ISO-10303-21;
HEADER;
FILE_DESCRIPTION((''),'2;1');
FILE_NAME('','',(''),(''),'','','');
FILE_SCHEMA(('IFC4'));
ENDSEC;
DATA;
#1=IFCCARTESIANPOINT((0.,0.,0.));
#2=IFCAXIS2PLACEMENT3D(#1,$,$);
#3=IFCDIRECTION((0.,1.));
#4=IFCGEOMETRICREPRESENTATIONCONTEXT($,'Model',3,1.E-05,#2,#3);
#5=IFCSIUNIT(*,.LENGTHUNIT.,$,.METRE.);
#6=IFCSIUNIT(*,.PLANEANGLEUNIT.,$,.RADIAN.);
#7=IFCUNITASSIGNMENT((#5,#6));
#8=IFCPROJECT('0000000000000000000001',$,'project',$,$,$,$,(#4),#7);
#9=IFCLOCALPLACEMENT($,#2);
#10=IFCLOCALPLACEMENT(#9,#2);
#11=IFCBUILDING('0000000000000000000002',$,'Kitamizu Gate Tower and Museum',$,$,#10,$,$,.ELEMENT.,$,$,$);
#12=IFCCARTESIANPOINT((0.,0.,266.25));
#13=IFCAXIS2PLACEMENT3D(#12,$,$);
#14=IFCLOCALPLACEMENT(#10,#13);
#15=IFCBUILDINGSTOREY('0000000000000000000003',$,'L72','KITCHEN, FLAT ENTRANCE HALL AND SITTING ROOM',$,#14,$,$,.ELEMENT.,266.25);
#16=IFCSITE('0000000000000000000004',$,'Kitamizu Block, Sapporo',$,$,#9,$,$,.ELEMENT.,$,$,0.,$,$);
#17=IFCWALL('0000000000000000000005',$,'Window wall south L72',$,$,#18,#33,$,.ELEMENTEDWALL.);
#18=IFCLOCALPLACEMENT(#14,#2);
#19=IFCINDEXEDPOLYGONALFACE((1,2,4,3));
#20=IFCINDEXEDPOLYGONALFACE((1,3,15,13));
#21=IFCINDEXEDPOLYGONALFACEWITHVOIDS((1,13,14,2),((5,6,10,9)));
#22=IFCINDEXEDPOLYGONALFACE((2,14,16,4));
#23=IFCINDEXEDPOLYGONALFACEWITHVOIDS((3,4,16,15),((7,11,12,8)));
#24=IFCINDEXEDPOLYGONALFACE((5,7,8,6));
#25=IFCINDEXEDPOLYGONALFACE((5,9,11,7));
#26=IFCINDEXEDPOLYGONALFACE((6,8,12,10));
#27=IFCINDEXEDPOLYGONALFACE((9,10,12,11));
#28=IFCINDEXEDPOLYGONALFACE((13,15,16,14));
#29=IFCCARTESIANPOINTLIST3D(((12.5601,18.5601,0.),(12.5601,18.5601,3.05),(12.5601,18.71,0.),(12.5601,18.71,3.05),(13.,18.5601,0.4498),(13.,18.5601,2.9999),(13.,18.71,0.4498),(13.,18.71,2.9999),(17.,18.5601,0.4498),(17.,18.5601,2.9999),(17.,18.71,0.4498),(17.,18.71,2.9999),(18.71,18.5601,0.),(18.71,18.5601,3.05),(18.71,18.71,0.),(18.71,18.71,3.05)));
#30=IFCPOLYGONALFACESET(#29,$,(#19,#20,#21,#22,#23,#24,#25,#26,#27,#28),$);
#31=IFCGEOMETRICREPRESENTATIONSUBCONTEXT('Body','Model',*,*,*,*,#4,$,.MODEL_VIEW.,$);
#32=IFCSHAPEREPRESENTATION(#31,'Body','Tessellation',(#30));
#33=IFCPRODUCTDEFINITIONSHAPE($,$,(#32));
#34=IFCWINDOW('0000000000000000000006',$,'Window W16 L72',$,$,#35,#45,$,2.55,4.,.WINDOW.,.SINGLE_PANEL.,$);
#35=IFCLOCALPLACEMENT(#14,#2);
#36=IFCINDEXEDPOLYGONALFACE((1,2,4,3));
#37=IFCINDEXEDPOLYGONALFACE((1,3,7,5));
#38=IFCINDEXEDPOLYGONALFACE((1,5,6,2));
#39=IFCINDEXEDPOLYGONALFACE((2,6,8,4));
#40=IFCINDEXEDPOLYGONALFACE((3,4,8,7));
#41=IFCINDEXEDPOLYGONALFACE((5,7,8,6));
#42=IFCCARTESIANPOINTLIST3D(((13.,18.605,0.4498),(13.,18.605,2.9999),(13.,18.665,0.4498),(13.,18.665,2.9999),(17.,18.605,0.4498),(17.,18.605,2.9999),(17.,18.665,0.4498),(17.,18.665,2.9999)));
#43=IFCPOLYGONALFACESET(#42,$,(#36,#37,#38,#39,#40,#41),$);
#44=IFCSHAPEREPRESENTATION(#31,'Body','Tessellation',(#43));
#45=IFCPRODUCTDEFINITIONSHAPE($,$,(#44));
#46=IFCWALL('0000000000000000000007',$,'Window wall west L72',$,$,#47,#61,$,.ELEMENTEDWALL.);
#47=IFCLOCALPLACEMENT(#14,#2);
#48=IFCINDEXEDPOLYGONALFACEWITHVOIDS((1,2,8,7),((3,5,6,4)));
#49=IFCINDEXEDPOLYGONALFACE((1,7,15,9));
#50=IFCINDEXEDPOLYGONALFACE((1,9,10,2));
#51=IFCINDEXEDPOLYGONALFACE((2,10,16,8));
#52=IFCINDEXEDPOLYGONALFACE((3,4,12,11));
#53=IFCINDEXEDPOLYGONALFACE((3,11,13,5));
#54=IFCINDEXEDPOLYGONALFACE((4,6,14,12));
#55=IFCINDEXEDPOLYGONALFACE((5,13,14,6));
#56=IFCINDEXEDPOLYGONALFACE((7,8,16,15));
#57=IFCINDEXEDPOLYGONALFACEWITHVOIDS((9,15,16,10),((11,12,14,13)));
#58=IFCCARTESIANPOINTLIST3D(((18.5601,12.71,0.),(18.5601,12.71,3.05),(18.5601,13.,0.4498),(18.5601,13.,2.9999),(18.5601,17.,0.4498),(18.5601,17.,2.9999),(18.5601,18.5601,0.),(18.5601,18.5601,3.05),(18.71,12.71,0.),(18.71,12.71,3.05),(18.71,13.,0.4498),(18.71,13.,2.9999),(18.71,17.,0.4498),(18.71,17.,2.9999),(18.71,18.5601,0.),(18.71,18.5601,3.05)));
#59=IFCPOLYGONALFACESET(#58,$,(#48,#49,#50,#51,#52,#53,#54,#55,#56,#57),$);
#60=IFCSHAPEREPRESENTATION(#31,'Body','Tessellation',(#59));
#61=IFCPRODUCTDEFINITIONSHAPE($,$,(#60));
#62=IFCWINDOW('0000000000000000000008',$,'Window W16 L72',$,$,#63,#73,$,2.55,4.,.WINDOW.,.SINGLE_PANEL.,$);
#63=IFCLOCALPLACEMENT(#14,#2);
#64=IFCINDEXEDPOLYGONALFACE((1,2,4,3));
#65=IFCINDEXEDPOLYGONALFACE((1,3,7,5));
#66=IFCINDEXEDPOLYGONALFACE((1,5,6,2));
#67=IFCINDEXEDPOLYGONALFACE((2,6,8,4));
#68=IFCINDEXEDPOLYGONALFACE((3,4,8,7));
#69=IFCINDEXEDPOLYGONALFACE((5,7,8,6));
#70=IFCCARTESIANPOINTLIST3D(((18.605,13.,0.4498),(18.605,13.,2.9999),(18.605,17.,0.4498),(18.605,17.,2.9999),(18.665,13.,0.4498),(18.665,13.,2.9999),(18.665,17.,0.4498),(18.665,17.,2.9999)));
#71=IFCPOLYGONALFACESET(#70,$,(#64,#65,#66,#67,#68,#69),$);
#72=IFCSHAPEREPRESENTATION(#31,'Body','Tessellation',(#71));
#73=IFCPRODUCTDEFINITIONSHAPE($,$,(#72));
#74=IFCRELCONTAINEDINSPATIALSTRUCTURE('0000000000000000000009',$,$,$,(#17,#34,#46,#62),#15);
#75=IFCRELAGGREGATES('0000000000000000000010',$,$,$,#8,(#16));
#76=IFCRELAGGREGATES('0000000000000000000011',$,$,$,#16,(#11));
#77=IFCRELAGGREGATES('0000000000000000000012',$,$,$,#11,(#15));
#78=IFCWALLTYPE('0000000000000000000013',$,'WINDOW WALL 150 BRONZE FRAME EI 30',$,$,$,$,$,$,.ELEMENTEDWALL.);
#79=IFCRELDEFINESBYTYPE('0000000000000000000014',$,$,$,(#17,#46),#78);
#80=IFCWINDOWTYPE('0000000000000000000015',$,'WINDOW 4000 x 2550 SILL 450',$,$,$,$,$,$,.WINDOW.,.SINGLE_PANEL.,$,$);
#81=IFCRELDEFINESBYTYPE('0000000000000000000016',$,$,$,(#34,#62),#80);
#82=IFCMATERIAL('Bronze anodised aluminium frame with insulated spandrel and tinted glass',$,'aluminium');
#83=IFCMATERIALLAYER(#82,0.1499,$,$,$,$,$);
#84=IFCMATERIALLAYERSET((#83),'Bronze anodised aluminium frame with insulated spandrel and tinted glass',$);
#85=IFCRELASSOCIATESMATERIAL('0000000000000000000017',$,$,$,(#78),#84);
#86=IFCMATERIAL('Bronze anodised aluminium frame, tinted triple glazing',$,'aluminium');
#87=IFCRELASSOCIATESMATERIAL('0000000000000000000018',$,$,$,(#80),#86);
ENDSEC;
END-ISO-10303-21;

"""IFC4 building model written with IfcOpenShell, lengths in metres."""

from ifc_helpers import new_model, si_unit, direction, frame, frame_2d, origin, place, context, subcontext, project, spatial, rectangle, extrude, material, layer, layer_set, type_object, element, fill, save


model = new_model("IFC4")

# Units and contexts
model_context = context("Model", 3, precision=1e-05, world=origin(), true_north=direction((0.0, 1.0)))
body_context = subcontext(model_context, "Body", "Model", "MODEL_VIEW")
ifc_project = project(units=[si_unit("LENGTHUNIT", "METRE"), si_unit("PLANEANGLEUNIT", "RADIAN")], contexts=[model_context])

# Site, building, storey
site_placement = place(None, origin())
site = spatial("IfcSite", under=ifc_project, at=site_placement, Name="Kitamizu Block, Sapporo", CompositionType="ELEMENT", RefElevation=0.0)
building_placement = place(site_placement, origin())
building = spatial("IfcBuilding", under=site, at=building_placement, Name="Kitamizu Gate Tower and Museum", CompositionType="ELEMENT")
storey_placement = place(building_placement, frame((0.0, 0.0, 266.25)))
storey = spatial("IfcBuildingStorey", under=building, at=storey_placement, Name="L72", Description="KITCHEN, FLAT ENTRANCE HALL AND SITTING ROOM", CompositionType="ELEMENT", Elevation=266.25)

# Shared definitions
ifc_material_1 = material(Name="Bronze anodised aluminium frame with insulated spandrel and tinted glass", Category="aluminium")
ifc_layer_1 = layer(ifc_material_1, 0.1499)
ifc_layer_set_1 = layer_set([ifc_layer_1], Name="Bronze anodised aluminium frame with insulated spandrel and tinted glass")
wall_type = type_object("IfcWallType", Name="WINDOW WALL 150 BRONZE FRAME EI 30", PredefinedType="ELEMENTEDWALL", material=ifc_layer_set_1)

# Walls, openings, windows
wall_1_placement = place(storey_placement, frame((12.5601, 18.635, 0.0), z_axis=(0.0, 0.0, 1.0), x_axis=(1.0, 0.0, 0.0)))
wall_1 = element("IfcWall", 1, at=wall_1_placement, inside=storey, type_object=wall_type, Name="Window wall south L72", PredefinedType="ELEMENTEDWALL", context=body_context, shape_type="SweptSolid", body=[
    extrude(rectangle(XDim=6.1499, YDim=0.1499, at=frame_2d((3.075, 0.0))), origin(), (0.0, 0.0, 1.0), 3.05),
])
opening_1_placement = place(wall_1_placement, frame((0.4399, 0.0, 0.45)))
opening_1 = element("IfcOpeningElement", 2, at=opening_1_placement, cuts=wall_1, PredefinedType="OPENING", context=body_context, shape_type="SweptSolid", body=[
    extrude(rectangle(XDim=4.0, YDim=2.55, at=frame_2d((2.0, 1.2749))), frame((0.0, 0.085, 0.0), z_axis=(0.0, -1.0, 0.0), x_axis=(1.0, 0.0, 0.0)), (0.0, 0.0, 1.0), 0.1699),
])
ifc_material_2 = material(Name="Bronze anodised aluminium frame, tinted triple glazing", Category="aluminium")
window_type_1 = type_object("IfcWindowType", Name="WINDOW 4000 x 2550 SILL 450", PartitioningType="SINGLE_PANEL", PredefinedType="WINDOW", material=ifc_material_2)
window_1_placement = place(opening_1_placement, origin())
window_1 = element("IfcWindow", 3, at=window_1_placement, inside=storey, type_object=window_type_1, Name="Window W16 L72", OverallHeight=2.55, OverallWidth=4.0, PartitioningType="SINGLE_PANEL", PredefinedType="WINDOW", context=body_context, shape_type="SweptSolid", body=[
    extrude(rectangle(XDim=4.0, YDim=2.55, at=frame_2d((2.0, 1.2749))), frame((0.0, 0.03, 0.0), z_axis=(0.0, -1.0, 0.0), x_axis=(1.0, 0.0, 0.0)), (0.0, 0.0, 1.0), 0.0601),
])
fill(opening_1, window_1)
wall_2_placement = place(storey_placement, frame((18.635, 12.71, 0.0), z_axis=(0.0, 0.0, 1.0), x_axis=(0.0, 1.0, 0.0)))
wall_2 = element("IfcWall", 4, at=wall_2_placement, inside=storey, type_object=wall_type, Name="Window wall west L72", PredefinedType="ELEMENTEDWALL", context=body_context, shape_type="SweptSolid", body=[
    extrude(rectangle(XDim=5.8501, YDim=0.1499, at=frame_2d((2.925, 0.0))), origin(), (0.0, 0.0, 1.0), 3.05),
])
opening_2_placement = place(wall_2_placement, frame((0.29, 0.0, 0.45)))
opening_2 = element("IfcOpeningElement", 5, at=opening_2_placement, cuts=wall_2, PredefinedType="OPENING", context=body_context, shape_type="SweptSolid", body=[
    extrude(rectangle(XDim=4.0, YDim=2.55, at=frame_2d((2.0, 1.2749))), frame((0.0, 0.085, 0.0), z_axis=(0.0, -1.0, 0.0), x_axis=(1.0, 0.0, 0.0)), (0.0, 0.0, 1.0), 0.1699),
])
window_2_placement = place(opening_2_placement, origin())
window_2 = element("IfcWindow", 6, at=window_2_placement, inside=storey, type_object=window_type_1, Name="Window W16 L72", OverallHeight=2.55, OverallWidth=4.0, PartitioningType="SINGLE_PANEL", PredefinedType="WINDOW", context=body_context, shape_type="SweptSolid", body=[
    extrude(rectangle(XDim=4.0, YDim=2.55, at=frame_2d((2.0, 1.2749))), frame((0.0, 0.03, 0.0), z_axis=(0.0, -1.0, 0.0), x_axis=(1.0, 0.0, 0.0)), (0.0, 0.0, 1.0), 0.0601),
])
fill(opening_2, window_2)

save(model, "model.ifc")
